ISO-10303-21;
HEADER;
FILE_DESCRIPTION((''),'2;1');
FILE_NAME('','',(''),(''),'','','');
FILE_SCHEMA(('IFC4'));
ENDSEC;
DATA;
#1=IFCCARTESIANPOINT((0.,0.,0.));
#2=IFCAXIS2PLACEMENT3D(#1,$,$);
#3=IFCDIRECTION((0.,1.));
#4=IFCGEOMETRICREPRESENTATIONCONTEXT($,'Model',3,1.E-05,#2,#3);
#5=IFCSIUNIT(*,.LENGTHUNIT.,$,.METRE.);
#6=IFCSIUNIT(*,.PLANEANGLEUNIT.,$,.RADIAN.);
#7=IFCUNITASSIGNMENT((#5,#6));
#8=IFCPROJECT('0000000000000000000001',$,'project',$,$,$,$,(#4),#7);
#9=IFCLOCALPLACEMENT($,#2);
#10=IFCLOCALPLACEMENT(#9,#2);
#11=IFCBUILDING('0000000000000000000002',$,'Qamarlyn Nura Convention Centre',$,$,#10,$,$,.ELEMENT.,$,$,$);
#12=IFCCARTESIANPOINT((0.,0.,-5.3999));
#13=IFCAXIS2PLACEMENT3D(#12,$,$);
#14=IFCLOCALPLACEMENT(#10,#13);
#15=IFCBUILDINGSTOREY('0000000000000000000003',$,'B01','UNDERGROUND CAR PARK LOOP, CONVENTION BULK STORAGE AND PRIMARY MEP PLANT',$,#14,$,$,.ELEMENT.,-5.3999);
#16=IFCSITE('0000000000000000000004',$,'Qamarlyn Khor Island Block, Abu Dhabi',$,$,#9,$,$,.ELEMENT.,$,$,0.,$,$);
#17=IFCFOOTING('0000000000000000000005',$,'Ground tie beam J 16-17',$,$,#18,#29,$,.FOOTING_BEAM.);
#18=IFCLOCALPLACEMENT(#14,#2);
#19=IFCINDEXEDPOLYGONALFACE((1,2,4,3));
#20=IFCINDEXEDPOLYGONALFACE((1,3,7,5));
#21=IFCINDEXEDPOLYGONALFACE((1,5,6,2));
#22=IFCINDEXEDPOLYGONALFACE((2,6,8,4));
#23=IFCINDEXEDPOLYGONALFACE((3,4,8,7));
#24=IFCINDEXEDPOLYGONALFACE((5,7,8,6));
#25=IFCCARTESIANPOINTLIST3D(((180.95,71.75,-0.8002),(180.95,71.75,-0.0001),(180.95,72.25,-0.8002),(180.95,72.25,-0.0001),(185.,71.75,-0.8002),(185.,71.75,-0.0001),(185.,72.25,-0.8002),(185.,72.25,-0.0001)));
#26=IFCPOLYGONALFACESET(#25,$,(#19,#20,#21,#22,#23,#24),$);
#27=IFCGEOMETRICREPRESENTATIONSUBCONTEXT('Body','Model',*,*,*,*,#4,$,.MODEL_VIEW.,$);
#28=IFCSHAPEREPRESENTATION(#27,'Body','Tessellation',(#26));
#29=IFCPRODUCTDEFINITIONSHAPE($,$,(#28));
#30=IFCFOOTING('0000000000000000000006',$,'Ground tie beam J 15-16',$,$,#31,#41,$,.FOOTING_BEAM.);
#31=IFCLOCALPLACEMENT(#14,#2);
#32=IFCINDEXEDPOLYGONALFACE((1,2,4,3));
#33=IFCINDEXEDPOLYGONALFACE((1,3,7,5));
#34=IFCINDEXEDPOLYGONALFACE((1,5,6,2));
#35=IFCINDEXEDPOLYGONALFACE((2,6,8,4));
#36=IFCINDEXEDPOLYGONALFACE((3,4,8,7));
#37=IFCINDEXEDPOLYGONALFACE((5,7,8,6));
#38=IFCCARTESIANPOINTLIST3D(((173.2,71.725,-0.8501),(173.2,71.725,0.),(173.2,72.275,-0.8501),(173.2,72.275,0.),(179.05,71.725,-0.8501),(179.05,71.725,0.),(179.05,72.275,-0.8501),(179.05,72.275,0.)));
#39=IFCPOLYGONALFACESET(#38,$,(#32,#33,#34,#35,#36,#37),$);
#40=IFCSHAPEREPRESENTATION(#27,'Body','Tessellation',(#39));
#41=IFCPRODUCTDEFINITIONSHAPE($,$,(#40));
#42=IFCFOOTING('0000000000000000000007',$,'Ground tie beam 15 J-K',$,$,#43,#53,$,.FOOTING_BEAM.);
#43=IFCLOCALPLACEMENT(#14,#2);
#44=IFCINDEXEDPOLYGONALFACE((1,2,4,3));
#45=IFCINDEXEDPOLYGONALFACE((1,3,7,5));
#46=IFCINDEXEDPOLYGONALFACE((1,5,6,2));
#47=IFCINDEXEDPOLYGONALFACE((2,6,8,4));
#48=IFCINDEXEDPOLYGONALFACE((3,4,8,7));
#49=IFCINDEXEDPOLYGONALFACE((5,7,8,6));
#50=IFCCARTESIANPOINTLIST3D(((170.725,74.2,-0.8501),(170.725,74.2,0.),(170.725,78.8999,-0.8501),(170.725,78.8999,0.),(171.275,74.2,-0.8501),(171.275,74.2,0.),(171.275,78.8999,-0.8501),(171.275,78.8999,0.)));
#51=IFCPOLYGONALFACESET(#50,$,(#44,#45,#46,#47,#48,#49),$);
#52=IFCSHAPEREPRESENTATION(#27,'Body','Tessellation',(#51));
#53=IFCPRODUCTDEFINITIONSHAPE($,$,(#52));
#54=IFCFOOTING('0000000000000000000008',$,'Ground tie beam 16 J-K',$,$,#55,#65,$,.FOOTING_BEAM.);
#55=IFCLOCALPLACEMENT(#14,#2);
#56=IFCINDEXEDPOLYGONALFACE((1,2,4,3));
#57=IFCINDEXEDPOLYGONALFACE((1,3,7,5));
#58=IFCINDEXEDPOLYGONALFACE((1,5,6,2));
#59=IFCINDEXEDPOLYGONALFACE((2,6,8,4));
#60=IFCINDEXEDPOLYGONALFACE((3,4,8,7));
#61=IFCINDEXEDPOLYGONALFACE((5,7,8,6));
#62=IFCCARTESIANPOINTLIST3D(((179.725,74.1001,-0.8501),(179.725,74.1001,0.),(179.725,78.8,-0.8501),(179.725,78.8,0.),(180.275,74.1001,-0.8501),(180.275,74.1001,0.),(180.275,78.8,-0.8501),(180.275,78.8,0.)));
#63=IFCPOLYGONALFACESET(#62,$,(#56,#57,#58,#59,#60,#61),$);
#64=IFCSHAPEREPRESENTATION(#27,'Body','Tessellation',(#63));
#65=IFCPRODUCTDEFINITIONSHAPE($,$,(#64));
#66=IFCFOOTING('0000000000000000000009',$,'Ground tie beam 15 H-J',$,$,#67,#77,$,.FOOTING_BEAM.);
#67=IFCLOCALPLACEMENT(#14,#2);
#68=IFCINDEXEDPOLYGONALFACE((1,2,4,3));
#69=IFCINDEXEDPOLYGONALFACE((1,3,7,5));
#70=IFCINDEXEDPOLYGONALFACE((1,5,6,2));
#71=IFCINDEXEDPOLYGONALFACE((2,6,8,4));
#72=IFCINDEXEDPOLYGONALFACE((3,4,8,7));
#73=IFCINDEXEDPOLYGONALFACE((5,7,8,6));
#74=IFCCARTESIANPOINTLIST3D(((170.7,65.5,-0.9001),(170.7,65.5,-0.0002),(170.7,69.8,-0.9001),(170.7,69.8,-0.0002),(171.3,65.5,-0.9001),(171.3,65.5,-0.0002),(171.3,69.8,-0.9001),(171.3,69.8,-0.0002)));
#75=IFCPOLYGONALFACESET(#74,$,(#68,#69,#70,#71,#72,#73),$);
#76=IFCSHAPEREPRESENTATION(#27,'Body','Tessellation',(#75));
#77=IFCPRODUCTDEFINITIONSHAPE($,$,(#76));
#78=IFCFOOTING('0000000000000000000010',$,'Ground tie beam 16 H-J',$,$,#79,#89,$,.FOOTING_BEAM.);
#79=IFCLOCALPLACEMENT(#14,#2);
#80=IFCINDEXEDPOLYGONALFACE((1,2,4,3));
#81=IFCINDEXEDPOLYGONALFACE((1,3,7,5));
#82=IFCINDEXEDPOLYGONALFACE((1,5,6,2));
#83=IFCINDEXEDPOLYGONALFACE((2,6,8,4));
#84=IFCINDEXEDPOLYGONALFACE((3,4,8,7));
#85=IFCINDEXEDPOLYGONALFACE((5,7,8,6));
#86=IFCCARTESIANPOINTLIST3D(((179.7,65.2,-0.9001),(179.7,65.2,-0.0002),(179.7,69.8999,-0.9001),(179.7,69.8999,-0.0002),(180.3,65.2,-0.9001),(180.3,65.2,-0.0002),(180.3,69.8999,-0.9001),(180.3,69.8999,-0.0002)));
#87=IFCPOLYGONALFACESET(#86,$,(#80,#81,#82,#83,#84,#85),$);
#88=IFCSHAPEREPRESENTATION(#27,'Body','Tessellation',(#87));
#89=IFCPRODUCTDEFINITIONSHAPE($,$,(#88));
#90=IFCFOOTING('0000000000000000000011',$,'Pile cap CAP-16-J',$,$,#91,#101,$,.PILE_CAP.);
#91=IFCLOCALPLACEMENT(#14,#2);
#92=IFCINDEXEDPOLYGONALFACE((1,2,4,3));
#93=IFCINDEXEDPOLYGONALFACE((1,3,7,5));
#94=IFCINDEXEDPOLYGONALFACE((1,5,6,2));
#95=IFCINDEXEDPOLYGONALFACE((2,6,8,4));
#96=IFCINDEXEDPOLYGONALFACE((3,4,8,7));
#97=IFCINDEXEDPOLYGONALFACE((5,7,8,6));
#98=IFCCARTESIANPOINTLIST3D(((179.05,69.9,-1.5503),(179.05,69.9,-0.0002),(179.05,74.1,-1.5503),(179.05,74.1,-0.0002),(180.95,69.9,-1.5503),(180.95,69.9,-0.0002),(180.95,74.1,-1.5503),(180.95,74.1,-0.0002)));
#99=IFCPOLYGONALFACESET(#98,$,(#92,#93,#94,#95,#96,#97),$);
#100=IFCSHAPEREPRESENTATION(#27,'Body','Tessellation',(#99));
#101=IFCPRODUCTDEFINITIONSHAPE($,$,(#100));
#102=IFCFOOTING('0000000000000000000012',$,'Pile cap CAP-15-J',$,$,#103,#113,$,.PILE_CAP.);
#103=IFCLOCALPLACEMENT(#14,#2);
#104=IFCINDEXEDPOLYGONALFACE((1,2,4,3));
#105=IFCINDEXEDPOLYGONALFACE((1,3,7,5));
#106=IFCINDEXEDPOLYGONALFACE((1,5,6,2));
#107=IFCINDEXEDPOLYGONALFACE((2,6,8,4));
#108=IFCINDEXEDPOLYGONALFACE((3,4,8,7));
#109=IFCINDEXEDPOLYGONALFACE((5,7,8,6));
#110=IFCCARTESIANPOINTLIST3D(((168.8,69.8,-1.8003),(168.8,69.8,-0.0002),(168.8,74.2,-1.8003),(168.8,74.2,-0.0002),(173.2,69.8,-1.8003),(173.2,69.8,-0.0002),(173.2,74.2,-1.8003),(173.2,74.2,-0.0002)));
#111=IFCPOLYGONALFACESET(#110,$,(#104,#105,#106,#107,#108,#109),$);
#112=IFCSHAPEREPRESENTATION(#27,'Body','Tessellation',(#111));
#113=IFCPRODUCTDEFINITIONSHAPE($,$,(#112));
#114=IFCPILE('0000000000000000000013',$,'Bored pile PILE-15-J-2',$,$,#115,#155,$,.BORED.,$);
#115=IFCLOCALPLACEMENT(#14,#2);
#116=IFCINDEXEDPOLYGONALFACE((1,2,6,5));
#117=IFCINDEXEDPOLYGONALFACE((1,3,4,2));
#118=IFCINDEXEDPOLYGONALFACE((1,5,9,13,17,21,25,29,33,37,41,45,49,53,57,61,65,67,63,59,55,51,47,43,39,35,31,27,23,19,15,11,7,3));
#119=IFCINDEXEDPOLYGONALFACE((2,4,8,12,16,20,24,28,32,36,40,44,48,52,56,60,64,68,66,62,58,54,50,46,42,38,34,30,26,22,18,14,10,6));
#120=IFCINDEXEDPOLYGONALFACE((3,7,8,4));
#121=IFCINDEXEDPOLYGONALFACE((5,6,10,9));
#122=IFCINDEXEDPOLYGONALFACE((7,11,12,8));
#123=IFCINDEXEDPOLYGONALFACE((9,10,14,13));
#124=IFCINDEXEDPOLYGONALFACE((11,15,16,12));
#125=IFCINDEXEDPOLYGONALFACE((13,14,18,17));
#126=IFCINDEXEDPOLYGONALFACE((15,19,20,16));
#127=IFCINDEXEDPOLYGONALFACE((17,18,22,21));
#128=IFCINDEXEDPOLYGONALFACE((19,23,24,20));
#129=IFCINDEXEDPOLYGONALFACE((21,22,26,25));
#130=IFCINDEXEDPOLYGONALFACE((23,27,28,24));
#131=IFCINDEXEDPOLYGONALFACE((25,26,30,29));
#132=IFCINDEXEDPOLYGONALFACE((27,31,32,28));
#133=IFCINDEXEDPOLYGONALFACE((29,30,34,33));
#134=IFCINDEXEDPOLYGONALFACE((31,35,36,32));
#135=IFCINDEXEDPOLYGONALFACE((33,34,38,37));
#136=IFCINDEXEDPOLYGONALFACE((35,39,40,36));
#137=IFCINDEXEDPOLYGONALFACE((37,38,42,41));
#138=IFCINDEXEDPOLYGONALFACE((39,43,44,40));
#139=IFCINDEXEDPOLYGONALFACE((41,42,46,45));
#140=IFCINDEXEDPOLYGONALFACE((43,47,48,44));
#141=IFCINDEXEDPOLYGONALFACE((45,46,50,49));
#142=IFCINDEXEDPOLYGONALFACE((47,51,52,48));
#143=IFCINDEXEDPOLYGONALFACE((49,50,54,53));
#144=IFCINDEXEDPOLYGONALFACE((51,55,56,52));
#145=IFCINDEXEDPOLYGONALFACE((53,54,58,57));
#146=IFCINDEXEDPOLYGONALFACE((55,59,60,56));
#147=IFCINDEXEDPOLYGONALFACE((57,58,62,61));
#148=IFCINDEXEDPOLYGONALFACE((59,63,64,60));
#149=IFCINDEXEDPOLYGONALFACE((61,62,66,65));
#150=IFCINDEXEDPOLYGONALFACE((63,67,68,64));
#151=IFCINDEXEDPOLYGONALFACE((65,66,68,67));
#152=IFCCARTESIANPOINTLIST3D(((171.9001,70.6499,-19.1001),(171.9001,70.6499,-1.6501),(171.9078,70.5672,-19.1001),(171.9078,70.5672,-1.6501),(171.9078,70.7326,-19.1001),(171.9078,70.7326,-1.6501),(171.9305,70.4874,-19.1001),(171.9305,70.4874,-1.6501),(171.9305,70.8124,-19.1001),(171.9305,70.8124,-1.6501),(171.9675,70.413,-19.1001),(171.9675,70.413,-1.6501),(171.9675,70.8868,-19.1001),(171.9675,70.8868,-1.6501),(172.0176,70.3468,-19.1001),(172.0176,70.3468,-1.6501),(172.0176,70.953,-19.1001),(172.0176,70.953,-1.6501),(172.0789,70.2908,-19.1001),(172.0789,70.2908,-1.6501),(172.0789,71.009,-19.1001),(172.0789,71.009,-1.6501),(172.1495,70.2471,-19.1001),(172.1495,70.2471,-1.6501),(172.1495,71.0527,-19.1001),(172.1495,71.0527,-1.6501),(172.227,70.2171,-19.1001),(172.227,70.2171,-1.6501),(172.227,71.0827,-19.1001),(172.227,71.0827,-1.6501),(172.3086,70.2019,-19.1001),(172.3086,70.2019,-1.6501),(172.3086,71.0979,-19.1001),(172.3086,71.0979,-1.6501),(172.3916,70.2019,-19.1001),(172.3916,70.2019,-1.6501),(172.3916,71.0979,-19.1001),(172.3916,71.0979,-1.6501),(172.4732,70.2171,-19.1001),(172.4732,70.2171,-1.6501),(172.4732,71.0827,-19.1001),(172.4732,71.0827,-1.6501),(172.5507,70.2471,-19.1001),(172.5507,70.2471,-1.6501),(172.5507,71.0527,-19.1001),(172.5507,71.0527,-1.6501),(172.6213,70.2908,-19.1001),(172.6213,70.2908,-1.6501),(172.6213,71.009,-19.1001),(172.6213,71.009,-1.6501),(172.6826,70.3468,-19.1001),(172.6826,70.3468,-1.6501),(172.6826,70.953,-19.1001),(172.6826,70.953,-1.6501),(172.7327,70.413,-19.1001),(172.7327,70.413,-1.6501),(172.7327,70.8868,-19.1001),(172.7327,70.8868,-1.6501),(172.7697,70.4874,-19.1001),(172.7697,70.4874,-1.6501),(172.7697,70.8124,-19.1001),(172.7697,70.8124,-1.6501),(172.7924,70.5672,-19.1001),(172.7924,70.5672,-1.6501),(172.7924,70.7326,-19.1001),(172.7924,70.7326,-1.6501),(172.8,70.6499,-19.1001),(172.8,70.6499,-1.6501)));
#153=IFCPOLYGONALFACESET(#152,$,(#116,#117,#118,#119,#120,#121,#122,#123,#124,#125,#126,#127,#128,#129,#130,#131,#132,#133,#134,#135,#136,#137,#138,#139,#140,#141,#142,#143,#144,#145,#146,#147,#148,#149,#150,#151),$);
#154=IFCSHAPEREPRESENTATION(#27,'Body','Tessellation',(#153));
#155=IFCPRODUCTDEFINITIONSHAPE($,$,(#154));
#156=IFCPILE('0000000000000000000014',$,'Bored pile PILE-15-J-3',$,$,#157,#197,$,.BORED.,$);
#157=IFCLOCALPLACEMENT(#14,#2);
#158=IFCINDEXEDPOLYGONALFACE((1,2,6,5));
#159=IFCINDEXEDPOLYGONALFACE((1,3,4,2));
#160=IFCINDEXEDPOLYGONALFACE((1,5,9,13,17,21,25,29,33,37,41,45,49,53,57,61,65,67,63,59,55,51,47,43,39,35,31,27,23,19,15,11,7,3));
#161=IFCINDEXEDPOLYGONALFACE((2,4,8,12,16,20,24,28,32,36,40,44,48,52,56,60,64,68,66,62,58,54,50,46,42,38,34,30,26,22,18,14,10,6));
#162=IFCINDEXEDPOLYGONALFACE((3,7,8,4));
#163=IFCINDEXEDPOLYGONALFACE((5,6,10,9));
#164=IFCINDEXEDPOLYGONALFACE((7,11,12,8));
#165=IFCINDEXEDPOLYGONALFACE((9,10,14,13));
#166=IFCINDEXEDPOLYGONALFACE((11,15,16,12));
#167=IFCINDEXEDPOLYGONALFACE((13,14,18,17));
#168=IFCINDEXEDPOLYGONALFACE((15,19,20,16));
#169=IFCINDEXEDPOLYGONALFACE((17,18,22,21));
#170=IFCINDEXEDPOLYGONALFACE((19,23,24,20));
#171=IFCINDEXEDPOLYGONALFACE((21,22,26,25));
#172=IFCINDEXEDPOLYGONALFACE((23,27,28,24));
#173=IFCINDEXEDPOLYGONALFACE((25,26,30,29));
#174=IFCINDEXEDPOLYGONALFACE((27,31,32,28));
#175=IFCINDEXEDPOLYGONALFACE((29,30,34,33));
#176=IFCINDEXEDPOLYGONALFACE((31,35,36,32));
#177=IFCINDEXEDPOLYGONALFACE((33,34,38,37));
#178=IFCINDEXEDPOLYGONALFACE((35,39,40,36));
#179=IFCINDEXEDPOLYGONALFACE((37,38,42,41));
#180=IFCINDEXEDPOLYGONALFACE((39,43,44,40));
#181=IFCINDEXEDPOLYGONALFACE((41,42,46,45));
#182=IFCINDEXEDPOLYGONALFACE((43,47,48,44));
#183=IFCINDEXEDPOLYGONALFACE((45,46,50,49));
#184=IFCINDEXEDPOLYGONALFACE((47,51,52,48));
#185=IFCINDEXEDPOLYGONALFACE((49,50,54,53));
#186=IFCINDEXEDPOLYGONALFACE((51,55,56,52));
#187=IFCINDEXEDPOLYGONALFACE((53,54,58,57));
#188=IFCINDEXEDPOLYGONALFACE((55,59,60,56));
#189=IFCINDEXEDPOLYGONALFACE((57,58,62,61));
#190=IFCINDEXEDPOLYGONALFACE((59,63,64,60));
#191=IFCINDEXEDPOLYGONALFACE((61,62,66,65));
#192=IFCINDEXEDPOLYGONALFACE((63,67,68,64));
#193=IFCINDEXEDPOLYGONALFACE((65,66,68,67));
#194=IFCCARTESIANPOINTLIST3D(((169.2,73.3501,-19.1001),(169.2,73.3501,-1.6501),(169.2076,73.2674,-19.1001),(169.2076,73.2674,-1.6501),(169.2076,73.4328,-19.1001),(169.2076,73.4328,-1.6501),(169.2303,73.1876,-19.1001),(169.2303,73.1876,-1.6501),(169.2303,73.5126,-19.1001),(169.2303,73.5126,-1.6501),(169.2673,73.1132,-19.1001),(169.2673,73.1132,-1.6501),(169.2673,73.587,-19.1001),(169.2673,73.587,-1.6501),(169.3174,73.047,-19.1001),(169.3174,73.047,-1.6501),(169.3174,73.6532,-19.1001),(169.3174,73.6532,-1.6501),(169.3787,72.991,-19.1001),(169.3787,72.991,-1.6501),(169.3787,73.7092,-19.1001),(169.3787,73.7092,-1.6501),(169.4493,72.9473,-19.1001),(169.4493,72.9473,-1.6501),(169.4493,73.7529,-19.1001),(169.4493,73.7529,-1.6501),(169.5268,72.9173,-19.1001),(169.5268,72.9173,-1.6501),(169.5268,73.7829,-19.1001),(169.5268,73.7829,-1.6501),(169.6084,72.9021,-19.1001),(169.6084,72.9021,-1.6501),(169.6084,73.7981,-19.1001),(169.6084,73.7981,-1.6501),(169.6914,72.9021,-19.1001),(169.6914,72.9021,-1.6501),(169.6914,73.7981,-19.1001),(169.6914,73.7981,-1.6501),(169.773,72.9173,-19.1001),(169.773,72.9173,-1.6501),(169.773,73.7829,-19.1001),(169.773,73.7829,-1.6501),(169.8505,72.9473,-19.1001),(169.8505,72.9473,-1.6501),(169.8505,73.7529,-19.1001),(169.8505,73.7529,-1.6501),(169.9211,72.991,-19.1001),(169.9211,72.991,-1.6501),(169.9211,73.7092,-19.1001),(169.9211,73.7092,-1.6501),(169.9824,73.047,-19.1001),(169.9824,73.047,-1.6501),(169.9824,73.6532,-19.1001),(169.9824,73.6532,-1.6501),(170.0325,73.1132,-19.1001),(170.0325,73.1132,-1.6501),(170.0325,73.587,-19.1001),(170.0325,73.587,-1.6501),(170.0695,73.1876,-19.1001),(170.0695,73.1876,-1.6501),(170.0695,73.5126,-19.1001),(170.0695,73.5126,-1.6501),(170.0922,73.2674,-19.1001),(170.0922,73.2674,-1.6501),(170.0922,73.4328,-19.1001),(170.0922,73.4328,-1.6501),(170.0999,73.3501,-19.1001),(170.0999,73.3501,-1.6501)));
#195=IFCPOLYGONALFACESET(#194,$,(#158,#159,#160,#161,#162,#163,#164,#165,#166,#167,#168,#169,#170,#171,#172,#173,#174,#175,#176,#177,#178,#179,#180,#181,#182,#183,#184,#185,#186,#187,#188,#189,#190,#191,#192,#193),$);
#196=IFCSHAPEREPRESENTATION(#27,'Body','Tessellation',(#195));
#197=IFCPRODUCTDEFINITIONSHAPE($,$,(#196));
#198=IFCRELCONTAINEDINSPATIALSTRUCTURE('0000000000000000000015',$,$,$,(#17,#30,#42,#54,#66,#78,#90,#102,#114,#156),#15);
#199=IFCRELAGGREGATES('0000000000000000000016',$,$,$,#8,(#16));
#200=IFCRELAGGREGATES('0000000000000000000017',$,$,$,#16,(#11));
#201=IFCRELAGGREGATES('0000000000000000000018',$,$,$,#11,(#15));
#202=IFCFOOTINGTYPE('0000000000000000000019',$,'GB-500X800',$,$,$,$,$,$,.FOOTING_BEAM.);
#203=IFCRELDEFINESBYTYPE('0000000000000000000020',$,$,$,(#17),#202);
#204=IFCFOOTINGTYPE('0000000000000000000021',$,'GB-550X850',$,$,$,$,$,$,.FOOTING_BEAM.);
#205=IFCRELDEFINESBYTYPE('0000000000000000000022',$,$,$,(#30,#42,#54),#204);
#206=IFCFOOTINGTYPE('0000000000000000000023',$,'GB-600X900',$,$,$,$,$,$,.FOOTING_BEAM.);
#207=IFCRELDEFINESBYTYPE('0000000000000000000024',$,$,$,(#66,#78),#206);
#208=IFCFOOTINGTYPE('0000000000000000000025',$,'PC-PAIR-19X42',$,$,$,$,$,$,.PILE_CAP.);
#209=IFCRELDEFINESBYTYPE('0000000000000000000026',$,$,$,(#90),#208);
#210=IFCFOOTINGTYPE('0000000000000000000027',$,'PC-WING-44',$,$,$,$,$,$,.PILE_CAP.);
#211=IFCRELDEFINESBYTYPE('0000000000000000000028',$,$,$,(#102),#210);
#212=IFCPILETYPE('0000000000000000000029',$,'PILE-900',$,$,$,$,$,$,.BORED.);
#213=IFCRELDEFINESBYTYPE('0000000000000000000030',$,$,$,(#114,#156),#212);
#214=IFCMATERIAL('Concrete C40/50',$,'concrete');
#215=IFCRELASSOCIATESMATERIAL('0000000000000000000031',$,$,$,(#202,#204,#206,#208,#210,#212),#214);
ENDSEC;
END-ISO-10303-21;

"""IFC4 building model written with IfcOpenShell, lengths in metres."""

from ifc_helpers import new_model, si_unit, direction, frame, origin, origin_2d, place, context, subcontext, project, spatial, rectangle, circle, extrude, material, material_profile, profile_set, type_object, element, save


model = new_model("IFC4")

# Units and contexts
model_context = context("Model", 3, precision=1e-05, world=origin(), true_north=direction((0.0, 1.0)))
body_context = subcontext(model_context, "Body", "Model", "MODEL_VIEW")
ifc_project = project(units=[si_unit("LENGTHUNIT", "METRE"), si_unit("PLANEANGLEUNIT", "RADIAN")], contexts=[model_context])

# Site, building, storey
site_placement = place(None, origin())
site = spatial("IfcSite", under=ifc_project, at=site_placement, Name="Qamarlyn Khor Island Block, Abu Dhabi", CompositionType="ELEMENT", RefElevation=0.0)
building_placement = place(site_placement, origin())
building = spatial("IfcBuilding", under=site, at=building_placement, Name="Qamarlyn Nura Convention Centre", CompositionType="ELEMENT")
storey_placement = place(building_placement, frame((0.0, 0.0, -5.3999)))
storey = spatial("IfcBuildingStorey", under=building, at=storey_placement, Name="B01", Description="UNDERGROUND CAR PARK LOOP, CONVENTION BULK STORAGE AND PRIMARY MEP PLANT", CompositionType="ELEMENT", Elevation=-5.3999)

# Footings
ifc_material_1 = material(Name="Concrete C40/50", Category="concrete")
ifc_material_profile_1 = material_profile(ifc_material_1, rectangle(XDim=0.5, YDim=0.8, at=origin_2d()), Name="RC GB 500x800")
ifc_profile_set_1 = profile_set([ifc_material_profile_1], Name="Concrete C40/50")
footing_type_1 = type_object("IfcFootingType", Name="GB-500X800", PredefinedType="FOOTING_BEAM", material=ifc_profile_set_1)
footing_1_placement = place(storey_placement, frame((180.95, 72.0, -0.4001), z_axis=(1.0, 0.0, 0.0), x_axis=(0.0, 1.0, 0.0)))
element("IfcFooting", 1, at=footing_1_placement, inside=storey, type_object=footing_type_1, Name="Ground tie beam J 16-17", PredefinedType="FOOTING_BEAM", context=body_context, shape_type="SweptSolid", body=[
    extrude(rectangle(XDim=0.5, YDim=0.8, at=origin_2d()), origin(), (0.0, 0.0, 1.0), 4.05),
])
ifc_material_profile_2 = material_profile(ifc_material_1, rectangle(XDim=0.55, YDim=0.8501, at=origin_2d()), Name="RC GB 550x850")
ifc_profile_set_2 = profile_set([ifc_material_profile_2], Name="Concrete C40/50")
footing_type_2 = type_object("IfcFootingType", Name="GB-550X850", PredefinedType="FOOTING_BEAM", material=ifc_profile_set_2)
footing_2_placement = place(storey_placement, frame((173.2, 72.0, -0.425), z_axis=(1.0, 0.0, 0.0), x_axis=(0.0, 1.0, 0.0)))
element("IfcFooting", 2, at=footing_2_placement, inside=storey, type_object=footing_type_2, Name="Ground tie beam J 15-16", PredefinedType="FOOTING_BEAM", context=body_context, shape_type="SweptSolid", body=[
    extrude(rectangle(XDim=0.55, YDim=0.8501, at=origin_2d()), origin(), (0.0, 0.0, 1.0), 5.8501),
])
for number, where, z_axis, x_axis, name in (
    (3, (171.0, 74.2, -0.425), (0.0, 1.0, 0.0), (-1.0, 0.0, 0.0), "Ground tie beam 15 J-K"),
    (4, (180.0, 74.1001, -0.425), (0.0, 1.0, 0.0), (-1.0, 0.0, 0.0), "Ground tie beam 16 J-K"),
):
    element("IfcFooting", number, at=place(storey_placement, frame(where, z_axis=z_axis, x_axis=x_axis)), inside=storey, type_object=footing_type_2, Name=name, PredefinedType="FOOTING_BEAM", context=body_context, shape_type="SweptSolid", body=[
        extrude(rectangle(XDim=0.55, YDim=0.8501, at=origin_2d()), origin(), (0.0, 0.0, 1.0), 4.7),
    ])
ifc_material_profile_3 = material_profile(ifc_material_1, rectangle(XDim=0.6001, YDim=0.8999, at=origin_2d()), Name="RC GB 600x900")
ifc_profile_set_3 = profile_set([ifc_material_profile_3], Name="Concrete C40/50")
footing_type_3 = type_object("IfcFootingType", Name="GB-600X900", PredefinedType="FOOTING_BEAM", material=ifc_profile_set_3)
footing_3_placement = place(storey_placement, frame((171.0, 65.5, -0.4502), z_axis=(0.0, 1.0, 0.0), x_axis=(-1.0, 0.0, 0.0)))
element("IfcFooting", 5, at=footing_3_placement, inside=storey, type_object=footing_type_3, Name="Ground tie beam 15 H-J", PredefinedType="FOOTING_BEAM", context=body_context, shape_type="SweptSolid", body=[
    extrude(rectangle(XDim=0.6001, YDim=0.8999, at=origin_2d()), origin(), (0.0, 0.0, 1.0), 4.3),
])
footing_4_placement = place(storey_placement, frame((180.0, 65.2, -0.4502), z_axis=(0.0, 1.0, 0.0), x_axis=(-1.0, 0.0, 0.0)))
element("IfcFooting", 6, at=footing_4_placement, inside=storey, type_object=footing_type_3, Name="Ground tie beam 16 H-J", PredefinedType="FOOTING_BEAM", context=body_context, shape_type="SweptSolid", body=[
    extrude(rectangle(XDim=0.6001, YDim=0.8999, at=origin_2d()), origin(), (0.0, 0.0, 1.0), 4.7),
])
footing_type_4 = type_object("IfcFootingType", Name="PC-PAIR-19X42", PredefinedType="PILE_CAP", material=ifc_material_1)
footing_5_placement = place(storey_placement, frame((180.0, 72.0, -1.5503), z_axis=(0.0, 0.0, 1.0), x_axis=(1.0, 0.0, 0.0)))
element("IfcFooting", 7, at=footing_5_placement, inside=storey, type_object=footing_type_4, Name="Pile cap CAP-16-J", PredefinedType="PILE_CAP", context=body_context, shape_type="SweptSolid", body=[
    extrude(rectangle(XDim=1.8999, YDim=4.2, at=origin_2d()), origin(), (0.0, 0.0, 1.0), 1.55),
])
footing_type_5 = type_object("IfcFootingType", Name="PC-WING-44", PredefinedType="PILE_CAP", material=ifc_material_1)
footing_6_placement = place(storey_placement, frame((171.0, 72.0, -1.8003), z_axis=(0.0, 0.0, 1.0), x_axis=(1.0, 0.0, 0.0)))
element("IfcFooting", 8, at=footing_6_placement, inside=storey, type_object=footing_type_5, Name="Pile cap CAP-15-J", PredefinedType="PILE_CAP", context=body_context, shape_type="SweptSolid", body=[
    extrude(rectangle(XDim=4.3999, YDim=4.3999, at=origin_2d()), origin(), (0.0, 0.0, 1.0), 1.8),
])

# Piles
ifc_material_profile_4 = material_profile(ifc_material_1, circle(Radius=0.45, at=origin_2d()), Name="BORED PILE 900")
ifc_profile_set_4 = profile_set([ifc_material_profile_4], Name="Concrete C40/50")
pile_type = type_object("IfcPileType", Name="PILE-900", PredefinedType="BORED", material=ifc_profile_set_4)
for number, where, z_axis, x_axis, name in (
    (9, (172.3501, 70.6499, -1.6501), (0.0, 0.0, -1.0), (1.0, 0.0, 0.0), "Bored pile PILE-15-J-2"),
    (10, (169.6499, 73.3501, -1.6501), (0.0, 0.0, -1.0), (1.0, 0.0, 0.0), "Bored pile PILE-15-J-3"),
):
    element("IfcPile", number, at=place(storey_placement, frame(where, z_axis=z_axis, x_axis=x_axis)), inside=storey, type_object=pile_type, Name=name, PredefinedType="BORED", context=body_context, shape_type="SweptSolid", body=[
        extrude(circle(Radius=0.45, at=origin_2d()), origin(), (0.0, 0.0, 1.0), 17.45),
    ])

save(model, "model.ifc")
